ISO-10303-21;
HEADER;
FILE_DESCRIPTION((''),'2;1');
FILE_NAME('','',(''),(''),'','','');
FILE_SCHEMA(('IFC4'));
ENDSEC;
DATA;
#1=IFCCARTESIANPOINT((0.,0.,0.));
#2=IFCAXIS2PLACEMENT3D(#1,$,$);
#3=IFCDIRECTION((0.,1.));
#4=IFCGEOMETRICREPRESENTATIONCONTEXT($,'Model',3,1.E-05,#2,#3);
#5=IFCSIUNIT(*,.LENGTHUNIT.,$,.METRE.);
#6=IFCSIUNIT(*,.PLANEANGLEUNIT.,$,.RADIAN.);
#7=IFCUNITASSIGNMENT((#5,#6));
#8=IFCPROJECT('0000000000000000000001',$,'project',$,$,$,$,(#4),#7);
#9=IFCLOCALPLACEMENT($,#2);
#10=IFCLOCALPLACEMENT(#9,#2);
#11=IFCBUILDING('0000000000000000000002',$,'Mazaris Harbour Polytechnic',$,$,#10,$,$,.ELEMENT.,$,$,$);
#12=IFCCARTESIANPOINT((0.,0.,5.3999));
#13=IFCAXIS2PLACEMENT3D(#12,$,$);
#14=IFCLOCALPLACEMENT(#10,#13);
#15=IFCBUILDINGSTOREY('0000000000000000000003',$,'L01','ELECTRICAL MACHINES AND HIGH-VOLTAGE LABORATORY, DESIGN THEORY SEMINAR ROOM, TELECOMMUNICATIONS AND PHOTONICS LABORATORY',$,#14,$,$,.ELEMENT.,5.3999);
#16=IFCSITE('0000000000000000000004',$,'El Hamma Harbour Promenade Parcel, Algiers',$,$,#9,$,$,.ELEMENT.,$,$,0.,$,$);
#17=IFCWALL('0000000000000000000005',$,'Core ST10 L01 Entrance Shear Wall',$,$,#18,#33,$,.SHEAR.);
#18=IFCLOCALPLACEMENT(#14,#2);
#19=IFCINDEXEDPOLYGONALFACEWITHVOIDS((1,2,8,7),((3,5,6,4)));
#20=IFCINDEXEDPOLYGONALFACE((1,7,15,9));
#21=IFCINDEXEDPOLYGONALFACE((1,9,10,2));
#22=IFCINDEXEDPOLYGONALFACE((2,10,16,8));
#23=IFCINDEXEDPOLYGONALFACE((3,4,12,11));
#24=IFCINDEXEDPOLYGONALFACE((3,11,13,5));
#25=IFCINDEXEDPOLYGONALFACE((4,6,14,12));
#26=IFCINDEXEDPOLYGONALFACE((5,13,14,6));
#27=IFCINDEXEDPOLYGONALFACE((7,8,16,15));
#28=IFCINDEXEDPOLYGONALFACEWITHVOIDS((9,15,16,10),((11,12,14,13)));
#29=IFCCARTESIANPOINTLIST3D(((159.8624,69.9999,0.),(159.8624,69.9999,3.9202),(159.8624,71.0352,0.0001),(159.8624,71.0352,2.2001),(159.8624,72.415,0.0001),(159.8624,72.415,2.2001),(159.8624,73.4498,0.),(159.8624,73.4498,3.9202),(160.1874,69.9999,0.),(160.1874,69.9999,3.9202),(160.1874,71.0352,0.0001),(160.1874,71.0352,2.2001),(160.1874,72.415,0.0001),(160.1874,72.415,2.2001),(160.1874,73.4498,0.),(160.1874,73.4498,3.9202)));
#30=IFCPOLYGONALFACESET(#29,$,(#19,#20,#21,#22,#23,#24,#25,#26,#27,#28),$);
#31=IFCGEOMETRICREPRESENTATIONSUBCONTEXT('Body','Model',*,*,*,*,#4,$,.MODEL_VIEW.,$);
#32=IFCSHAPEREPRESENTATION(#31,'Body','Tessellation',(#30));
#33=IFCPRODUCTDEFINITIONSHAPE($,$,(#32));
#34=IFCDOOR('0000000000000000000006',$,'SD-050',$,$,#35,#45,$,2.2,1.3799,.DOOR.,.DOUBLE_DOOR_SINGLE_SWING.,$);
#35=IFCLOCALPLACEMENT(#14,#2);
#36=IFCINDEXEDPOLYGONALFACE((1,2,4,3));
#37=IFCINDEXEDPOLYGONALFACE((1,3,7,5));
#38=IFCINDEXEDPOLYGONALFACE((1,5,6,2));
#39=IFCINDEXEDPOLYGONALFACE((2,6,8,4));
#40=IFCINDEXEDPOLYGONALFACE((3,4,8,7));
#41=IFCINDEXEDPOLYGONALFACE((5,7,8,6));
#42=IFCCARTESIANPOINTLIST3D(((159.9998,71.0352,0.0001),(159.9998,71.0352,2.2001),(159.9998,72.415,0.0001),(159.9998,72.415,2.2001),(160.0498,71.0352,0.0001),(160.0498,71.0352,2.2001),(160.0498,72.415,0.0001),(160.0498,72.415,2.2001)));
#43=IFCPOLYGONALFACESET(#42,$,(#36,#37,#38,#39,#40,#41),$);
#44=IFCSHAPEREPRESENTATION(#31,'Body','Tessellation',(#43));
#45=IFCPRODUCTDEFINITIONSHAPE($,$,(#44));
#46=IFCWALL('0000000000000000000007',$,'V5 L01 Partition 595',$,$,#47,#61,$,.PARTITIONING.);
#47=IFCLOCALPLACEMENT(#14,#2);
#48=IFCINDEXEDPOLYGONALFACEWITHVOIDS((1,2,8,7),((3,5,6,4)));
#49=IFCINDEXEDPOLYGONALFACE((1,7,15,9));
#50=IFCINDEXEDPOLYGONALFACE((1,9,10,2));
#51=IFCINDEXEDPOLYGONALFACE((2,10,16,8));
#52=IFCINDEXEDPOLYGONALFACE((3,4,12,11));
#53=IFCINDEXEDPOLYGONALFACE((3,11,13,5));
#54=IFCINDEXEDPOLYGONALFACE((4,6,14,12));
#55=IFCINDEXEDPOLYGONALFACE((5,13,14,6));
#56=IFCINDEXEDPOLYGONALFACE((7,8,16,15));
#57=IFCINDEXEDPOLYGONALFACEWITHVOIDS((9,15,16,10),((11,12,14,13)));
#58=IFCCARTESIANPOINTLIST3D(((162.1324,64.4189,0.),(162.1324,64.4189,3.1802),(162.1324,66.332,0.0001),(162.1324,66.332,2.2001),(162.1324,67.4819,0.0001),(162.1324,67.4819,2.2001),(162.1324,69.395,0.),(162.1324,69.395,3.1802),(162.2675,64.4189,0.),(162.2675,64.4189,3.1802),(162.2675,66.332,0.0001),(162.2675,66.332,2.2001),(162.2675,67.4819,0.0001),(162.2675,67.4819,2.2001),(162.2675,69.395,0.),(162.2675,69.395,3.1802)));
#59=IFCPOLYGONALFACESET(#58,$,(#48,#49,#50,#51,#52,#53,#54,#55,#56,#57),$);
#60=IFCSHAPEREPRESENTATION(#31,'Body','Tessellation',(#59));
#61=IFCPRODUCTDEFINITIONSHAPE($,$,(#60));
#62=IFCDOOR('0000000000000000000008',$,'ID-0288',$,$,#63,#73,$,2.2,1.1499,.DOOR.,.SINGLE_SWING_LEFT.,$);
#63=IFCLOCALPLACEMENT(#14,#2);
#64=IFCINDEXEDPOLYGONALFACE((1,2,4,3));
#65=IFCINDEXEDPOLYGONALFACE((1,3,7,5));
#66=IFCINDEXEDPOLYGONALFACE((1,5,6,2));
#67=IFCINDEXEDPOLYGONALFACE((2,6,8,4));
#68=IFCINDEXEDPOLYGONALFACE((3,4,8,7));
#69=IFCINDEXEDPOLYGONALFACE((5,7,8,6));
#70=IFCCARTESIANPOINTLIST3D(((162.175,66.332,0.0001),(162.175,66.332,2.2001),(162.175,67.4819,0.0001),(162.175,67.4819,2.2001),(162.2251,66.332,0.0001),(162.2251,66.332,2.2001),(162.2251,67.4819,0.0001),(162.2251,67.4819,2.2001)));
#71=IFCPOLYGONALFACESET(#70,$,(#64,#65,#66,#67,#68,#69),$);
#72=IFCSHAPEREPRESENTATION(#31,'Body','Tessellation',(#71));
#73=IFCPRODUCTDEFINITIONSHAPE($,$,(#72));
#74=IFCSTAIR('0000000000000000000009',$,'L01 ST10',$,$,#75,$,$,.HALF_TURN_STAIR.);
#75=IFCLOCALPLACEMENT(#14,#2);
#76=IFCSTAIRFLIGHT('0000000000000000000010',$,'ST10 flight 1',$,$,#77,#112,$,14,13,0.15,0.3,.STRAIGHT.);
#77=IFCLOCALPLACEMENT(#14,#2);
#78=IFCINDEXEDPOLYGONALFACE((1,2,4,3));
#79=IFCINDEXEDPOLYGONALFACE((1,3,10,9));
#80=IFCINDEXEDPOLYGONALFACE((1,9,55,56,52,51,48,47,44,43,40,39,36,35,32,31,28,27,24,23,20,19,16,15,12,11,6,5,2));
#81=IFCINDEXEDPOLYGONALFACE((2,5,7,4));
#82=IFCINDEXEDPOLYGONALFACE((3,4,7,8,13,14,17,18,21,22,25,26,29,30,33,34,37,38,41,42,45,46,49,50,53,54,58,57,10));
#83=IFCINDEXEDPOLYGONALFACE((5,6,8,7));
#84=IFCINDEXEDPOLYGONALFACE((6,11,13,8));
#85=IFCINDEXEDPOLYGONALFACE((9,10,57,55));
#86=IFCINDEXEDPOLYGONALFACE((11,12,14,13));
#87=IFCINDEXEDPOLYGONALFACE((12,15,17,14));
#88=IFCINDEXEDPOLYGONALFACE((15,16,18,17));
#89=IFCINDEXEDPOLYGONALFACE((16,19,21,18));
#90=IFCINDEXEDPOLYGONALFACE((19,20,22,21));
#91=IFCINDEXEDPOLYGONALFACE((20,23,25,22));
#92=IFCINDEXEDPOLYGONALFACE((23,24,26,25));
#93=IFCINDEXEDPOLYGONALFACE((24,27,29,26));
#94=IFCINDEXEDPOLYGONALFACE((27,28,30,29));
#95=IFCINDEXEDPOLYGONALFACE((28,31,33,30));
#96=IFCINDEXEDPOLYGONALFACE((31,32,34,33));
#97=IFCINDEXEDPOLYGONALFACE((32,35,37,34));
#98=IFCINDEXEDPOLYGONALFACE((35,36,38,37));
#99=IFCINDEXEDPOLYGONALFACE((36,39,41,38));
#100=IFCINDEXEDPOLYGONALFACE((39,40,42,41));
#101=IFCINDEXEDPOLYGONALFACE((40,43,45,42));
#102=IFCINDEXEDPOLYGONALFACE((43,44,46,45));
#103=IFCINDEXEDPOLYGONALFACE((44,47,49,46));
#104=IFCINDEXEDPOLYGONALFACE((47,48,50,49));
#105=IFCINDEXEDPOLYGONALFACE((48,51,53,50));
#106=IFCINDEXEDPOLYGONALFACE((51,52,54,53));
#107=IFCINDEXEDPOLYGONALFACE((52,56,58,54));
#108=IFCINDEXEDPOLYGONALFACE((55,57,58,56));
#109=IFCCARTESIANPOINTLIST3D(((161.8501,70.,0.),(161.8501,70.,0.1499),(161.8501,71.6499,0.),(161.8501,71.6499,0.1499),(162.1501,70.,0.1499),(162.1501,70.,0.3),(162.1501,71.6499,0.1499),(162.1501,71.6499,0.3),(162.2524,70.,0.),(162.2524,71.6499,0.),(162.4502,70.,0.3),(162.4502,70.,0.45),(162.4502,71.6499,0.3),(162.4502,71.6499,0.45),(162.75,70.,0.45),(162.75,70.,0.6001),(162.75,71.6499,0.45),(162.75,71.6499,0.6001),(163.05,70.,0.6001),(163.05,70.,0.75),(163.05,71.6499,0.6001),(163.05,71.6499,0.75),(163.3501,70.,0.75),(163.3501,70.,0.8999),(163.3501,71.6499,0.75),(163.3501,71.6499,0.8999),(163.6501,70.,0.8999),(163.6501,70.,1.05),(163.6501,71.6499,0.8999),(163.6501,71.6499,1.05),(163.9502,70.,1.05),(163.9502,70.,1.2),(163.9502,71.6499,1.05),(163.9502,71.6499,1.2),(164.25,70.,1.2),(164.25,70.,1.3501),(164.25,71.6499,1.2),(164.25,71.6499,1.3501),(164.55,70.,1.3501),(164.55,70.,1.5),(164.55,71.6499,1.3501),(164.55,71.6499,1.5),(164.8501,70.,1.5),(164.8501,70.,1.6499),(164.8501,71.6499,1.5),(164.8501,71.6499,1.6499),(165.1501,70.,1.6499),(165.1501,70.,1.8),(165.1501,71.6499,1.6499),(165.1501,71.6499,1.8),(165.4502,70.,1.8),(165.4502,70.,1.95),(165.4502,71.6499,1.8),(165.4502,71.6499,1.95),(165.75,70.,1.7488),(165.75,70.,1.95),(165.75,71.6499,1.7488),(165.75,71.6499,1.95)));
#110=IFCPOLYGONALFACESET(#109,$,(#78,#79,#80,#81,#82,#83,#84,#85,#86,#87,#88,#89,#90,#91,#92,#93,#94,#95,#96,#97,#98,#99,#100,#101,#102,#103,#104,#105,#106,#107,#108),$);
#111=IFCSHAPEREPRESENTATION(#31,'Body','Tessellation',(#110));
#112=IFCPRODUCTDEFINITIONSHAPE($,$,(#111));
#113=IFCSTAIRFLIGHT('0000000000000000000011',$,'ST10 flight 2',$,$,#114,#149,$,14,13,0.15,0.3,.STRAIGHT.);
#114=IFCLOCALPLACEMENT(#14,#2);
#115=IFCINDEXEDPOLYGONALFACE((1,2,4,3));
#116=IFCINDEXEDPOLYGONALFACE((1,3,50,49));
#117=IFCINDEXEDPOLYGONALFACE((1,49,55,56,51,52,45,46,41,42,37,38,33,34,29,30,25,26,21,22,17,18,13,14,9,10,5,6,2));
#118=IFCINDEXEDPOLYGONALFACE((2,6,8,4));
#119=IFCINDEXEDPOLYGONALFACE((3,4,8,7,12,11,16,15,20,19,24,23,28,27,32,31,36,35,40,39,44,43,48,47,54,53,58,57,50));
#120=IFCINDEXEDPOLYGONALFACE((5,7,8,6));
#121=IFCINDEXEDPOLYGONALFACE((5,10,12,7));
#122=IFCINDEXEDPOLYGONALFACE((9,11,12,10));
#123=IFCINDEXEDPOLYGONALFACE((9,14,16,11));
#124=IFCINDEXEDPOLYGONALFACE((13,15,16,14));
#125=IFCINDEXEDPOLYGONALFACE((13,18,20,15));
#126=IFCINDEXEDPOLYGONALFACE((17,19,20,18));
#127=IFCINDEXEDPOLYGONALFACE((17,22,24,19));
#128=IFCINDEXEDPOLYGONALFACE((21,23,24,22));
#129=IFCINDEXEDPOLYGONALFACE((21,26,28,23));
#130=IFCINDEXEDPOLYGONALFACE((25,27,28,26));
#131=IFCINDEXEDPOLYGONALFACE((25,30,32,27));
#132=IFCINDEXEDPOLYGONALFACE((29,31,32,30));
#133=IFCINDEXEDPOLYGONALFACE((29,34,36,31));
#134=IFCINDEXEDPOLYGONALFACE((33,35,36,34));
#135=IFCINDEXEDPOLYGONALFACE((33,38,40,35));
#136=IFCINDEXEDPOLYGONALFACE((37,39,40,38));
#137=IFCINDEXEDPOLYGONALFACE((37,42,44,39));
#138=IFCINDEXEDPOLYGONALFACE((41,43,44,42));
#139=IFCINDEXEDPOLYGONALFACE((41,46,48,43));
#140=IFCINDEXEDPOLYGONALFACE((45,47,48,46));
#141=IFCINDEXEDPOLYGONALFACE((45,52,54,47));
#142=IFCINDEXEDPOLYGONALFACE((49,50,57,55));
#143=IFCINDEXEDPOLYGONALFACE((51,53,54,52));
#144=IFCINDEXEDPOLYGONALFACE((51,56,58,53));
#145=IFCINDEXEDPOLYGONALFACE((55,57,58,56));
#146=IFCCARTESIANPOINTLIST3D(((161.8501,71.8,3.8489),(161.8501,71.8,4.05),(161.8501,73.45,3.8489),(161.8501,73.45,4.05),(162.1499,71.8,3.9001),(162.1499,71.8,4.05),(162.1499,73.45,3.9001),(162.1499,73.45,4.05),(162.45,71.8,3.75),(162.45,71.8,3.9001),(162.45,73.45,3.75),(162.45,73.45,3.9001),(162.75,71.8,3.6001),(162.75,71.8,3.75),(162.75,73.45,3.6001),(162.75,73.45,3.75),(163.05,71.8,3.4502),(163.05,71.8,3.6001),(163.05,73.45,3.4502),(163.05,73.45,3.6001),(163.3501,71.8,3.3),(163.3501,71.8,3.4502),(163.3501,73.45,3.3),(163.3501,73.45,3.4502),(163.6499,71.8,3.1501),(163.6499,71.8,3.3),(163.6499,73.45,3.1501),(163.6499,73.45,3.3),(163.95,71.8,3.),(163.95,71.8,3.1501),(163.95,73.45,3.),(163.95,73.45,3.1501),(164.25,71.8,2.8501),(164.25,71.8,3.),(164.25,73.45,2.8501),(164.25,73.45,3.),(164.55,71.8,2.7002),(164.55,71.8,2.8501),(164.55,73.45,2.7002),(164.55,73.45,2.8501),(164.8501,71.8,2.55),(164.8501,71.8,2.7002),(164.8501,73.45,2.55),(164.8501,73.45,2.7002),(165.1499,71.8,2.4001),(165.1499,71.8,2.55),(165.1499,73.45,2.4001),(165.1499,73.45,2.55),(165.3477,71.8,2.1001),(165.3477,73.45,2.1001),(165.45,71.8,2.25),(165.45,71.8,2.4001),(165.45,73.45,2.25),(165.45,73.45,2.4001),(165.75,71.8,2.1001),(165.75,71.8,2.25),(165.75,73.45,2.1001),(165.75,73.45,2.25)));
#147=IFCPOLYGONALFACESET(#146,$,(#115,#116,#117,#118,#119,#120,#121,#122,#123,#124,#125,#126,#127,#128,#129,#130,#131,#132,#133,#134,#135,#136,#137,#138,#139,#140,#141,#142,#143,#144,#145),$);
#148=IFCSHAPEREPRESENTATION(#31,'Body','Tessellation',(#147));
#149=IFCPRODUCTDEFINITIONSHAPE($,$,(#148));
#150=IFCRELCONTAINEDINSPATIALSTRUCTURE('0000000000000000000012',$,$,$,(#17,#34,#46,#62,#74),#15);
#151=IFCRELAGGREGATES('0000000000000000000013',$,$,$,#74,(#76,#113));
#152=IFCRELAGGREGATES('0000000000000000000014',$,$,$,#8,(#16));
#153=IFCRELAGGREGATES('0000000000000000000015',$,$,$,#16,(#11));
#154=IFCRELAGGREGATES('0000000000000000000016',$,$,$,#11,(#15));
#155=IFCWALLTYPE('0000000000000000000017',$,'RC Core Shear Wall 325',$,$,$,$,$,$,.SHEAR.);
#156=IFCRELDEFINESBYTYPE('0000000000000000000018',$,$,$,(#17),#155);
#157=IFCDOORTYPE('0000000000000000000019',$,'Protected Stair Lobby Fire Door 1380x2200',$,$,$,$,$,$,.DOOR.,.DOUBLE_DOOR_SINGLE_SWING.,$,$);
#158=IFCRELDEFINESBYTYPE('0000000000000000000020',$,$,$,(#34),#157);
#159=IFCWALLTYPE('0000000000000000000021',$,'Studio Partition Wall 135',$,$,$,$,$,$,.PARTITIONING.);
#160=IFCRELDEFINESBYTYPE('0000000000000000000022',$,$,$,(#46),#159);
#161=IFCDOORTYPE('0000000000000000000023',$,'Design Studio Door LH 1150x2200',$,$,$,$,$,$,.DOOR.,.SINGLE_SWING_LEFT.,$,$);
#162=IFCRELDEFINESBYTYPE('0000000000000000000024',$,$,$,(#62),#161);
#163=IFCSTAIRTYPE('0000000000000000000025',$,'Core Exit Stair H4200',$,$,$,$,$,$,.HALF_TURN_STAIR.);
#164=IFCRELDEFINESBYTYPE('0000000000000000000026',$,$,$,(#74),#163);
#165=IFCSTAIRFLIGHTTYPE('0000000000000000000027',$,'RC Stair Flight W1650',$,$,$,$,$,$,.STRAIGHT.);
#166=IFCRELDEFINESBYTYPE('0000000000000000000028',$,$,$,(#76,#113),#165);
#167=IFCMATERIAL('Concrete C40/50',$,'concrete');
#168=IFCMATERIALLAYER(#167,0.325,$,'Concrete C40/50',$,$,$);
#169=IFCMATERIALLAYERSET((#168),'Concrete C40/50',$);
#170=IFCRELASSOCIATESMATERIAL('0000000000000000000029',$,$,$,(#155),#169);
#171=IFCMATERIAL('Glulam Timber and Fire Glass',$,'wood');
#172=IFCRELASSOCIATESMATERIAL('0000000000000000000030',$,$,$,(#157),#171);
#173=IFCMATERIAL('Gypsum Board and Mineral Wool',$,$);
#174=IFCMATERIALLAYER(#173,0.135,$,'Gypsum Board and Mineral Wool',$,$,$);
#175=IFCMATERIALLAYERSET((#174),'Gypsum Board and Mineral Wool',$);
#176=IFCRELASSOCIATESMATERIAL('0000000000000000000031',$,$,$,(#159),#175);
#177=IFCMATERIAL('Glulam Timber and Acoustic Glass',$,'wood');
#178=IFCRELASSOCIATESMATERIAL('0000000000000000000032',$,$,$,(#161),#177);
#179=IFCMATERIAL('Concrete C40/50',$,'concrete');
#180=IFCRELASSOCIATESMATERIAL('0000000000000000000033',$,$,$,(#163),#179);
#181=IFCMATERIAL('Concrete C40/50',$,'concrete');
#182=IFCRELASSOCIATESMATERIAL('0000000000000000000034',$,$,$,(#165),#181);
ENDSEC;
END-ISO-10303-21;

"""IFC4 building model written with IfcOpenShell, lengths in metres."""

from ifc_helpers import new_model, si_unit, direction, frame, frame_2d, origin, place, context, subcontext, project, spatial, polyline, rectangle, outline, extrude, material, layer, layer_set, type_object, element, fill, aggregate, save


model = new_model("IFC4")

# Units and contexts
model_context = context("Model", 3, precision=1e-05, world=origin(), true_north=direction((0.0, 1.0)))
body_context = subcontext(model_context, "Body", "Model", "MODEL_VIEW")
ifc_project = project(units=[si_unit("LENGTHUNIT", "METRE"), si_unit("PLANEANGLEUNIT", "RADIAN")], contexts=[model_context])

# Site, building, storey
site_placement = place(None, origin())
site = spatial("IfcSite", under=ifc_project, at=site_placement, Name="El Hamma Harbour Promenade Parcel, Algiers", CompositionType="ELEMENT", RefElevation=0.0)
building_placement = place(site_placement, origin())
building = spatial("IfcBuilding", under=site, at=building_placement, Name="Mazaris Harbour Polytechnic", CompositionType="ELEMENT")
storey_placement = place(building_placement, frame((0.0, 0.0, 5.3999)))
storey = spatial("IfcBuildingStorey", under=building, at=storey_placement, Name="L01", Description="ELECTRICAL MACHINES AND HIGH-VOLTAGE LABORATORY, DESIGN THEORY SEMINAR ROOM, TELECOMMUNICATIONS AND PHOTONICS LABORATORY", CompositionType="ELEMENT", Elevation=5.3999)

# Shared definitions
ifc_material_1 = material(Name="Concrete C40/50", Category="concrete")
ifc_layer_1 = layer(ifc_material_1, 0.325, Name="Concrete C40/50")
ifc_layer_set_1 = layer_set([ifc_layer_1], Name="Concrete C40/50")
wall_type_1 = type_object("IfcWallType", Name="RC Core Shear Wall 325", PredefinedType="SHEAR", material=ifc_layer_set_1)

# Walls, openings, doors
wall_1_placement = place(storey_placement, frame((160.0249, 73.45, 0.0), z_axis=(0.0, 0.0, 1.0), x_axis=(0.0, -1.0, 0.0)))
wall_1 = element("IfcWall", 1, at=wall_1_placement, inside=storey, type_object=wall_type_1, Name="Core ST10 L01 Entrance Shear Wall", PredefinedType="SHEAR", context=body_context, shape_type="SweptSolid", body=[
    extrude(rectangle(XDim=3.45, YDim=0.325, at=frame_2d((1.7251, 0.0))), origin(), (0.0, 0.0, 1.0), 3.9202),
])
opening_1_placement = place(wall_1_placement, frame((1.0349, 0.0, 0.0)))
opening_1 = element("IfcOpeningElement", 2, at=opening_1_placement, cuts=wall_1, PredefinedType="OPENING", context=body_context, shape_type="SweptSolid", body=[
    extrude(rectangle(XDim=1.3799, YDim=2.2, at=frame_2d((0.6899, 1.1001))), frame((0.0, 0.1724, 0.0), z_axis=(0.0, -1.0, 0.0), x_axis=(1.0, 0.0, 0.0)), (0.0, 0.0, 1.0), 0.345),
])
ifc_material_2 = material(Name="Glulam Timber and Fire Glass", Category="wood")
door_type_1 = type_object("IfcDoorType", Name="Protected Stair Lobby Fire Door 1380x2200", OperationType="DOUBLE_DOOR_SINGLE_SWING", PredefinedType="DOOR", material=ifc_material_2)
door_1_placement = place(opening_1_placement, origin())
door_1 = element("IfcDoor", 3, at=door_1_placement, inside=storey, type_object=door_type_1, Name="SD-050", OperationType="DOUBLE_DOOR_SINGLE_SWING", OverallHeight=2.2, OverallWidth=1.3799, PredefinedType="DOOR", context=body_context, shape_type="SweptSolid", body=[
    extrude(rectangle(XDim=1.3799, YDim=2.2, at=frame_2d((0.6899, 1.1001))), frame((0.0, 0.0249, 0.0), z_axis=(0.0, -1.0, 0.0), x_axis=(1.0, 0.0, 0.0)), (0.0, 0.0, 1.0), 0.05),
])
fill(opening_1, door_1)
ifc_material_3 = material(Name="Gypsum Board and Mineral Wool")
ifc_layer_2 = layer(ifc_material_3, 0.135, Name="Gypsum Board and Mineral Wool")
ifc_layer_set_2 = layer_set([ifc_layer_2], Name="Gypsum Board and Mineral Wool")
wall_type_2 = type_object("IfcWallType", Name="Studio Partition Wall 135", PredefinedType="PARTITIONING", material=ifc_layer_set_2)
wall_2_placement = place(storey_placement, frame((162.2, 64.4189, 0.0), z_axis=(0.0, 0.0, 1.0), x_axis=(0.0, 1.0, 0.0)))
wall_2 = element("IfcWall", 4, at=wall_2_placement, inside=storey, type_object=wall_type_2, Name="V5 L01 Partition 595", PredefinedType="PARTITIONING", context=body_context, shape_type="SweptSolid", body=[
    extrude(rectangle(XDim=4.9761, YDim=0.135, at=frame_2d((2.488, 0.0))), origin(), (0.0, 0.0, 1.0), 3.1802),
])
opening_2_placement = place(wall_2_placement, frame((1.9131, 0.0, 0.0)))
opening_2 = element("IfcOpeningElement", 5, at=opening_2_placement, cuts=wall_2, PredefinedType="OPENING", context=body_context, shape_type="SweptSolid", body=[
    extrude(rectangle(XDim=1.1499, YDim=2.2, at=frame_2d((0.575, 1.1001))), frame((0.0, 0.0774, 0.0), z_axis=(0.0, -1.0, 0.0), x_axis=(1.0, 0.0, 0.0)), (0.0, 0.0, 1.0), 0.155),
])
ifc_material_4 = material(Name="Glulam Timber and Acoustic Glass", Category="wood")
door_type_2 = type_object("IfcDoorType", Name="Design Studio Door LH 1150x2200", OperationType="SINGLE_SWING_LEFT", PredefinedType="DOOR", material=ifc_material_4)
door_2_placement = place(opening_2_placement, origin())
door_2 = element("IfcDoor", 6, at=door_2_placement, inside=storey, type_object=door_type_2, Name="ID-0288", OperationType="SINGLE_SWING_LEFT", OverallHeight=2.2, OverallWidth=1.1499, PredefinedType="DOOR", context=body_context, shape_type="SweptSolid", body=[
    extrude(rectangle(XDim=1.1499, YDim=2.2, at=frame_2d((0.575, 1.1001))), frame((0.0, 0.0249, 0.0), z_axis=(0.0, -1.0, 0.0), x_axis=(1.0, 0.0, 0.0)), (0.0, 0.0, 1.0), 0.05),
])
fill(opening_2, door_2)

# Stair, stair flights
ifc_material_5 = material(Name="Concrete C40/50", Category="concrete")
stair_type = type_object("IfcStairType", Name="Core Exit Stair H4200", PredefinedType="HALF_TURN_STAIR", material=ifc_material_5)
stair_placement = place(storey_placement, origin())
stair = element("IfcStair", 7, at=stair_placement, inside=storey, type_object=stair_type, Name="L01 ST10", PredefinedType="HALF_TURN_STAIR")
ifc_material_6 = material(Name="Concrete C40/50", Category="concrete")
stair_flight_type = type_object("IfcStairFlightType", Name="RC Stair Flight W1650", PredefinedType="STRAIGHT", material=ifc_material_6)
stair_flight_1_placement = place(storey_placement, frame((161.8501, 70.825, 0.0), z_axis=(0.0, 0.0, 1.0), x_axis=(1.0, 0.0, 0.0)))
stair_flight_1 = element("IfcStairFlight", 8, at=stair_flight_1_placement, type_object=stair_flight_type, Name="ST10 flight 1", NumberOfRisers=14, NumberOfTreads=13, PredefinedType="STRAIGHT", RiserHeight=0.15, TreadLength=0.3, context=body_context, shape_type="SweptSolid", body=[
    extrude(outline(polyline([(0.0, 0.0), (0.0, 0.1499), (0.3, 0.1499), (0.3, 0.3), (0.6001, 0.3), (0.6001, 0.45), (0.8999, 0.45), (0.8999, 0.6001), (1.2, 0.6001), (1.2, 0.75), (1.5, 0.75), (1.5, 0.8999), (1.8, 0.8999), (1.8, 1.05), (2.1001, 1.05), (2.1001, 1.2), (2.3999, 1.2), (2.3999, 1.3501), (2.7, 1.3501), (2.7, 1.5), (3.0, 1.5), (3.0, 1.6499), (3.3, 1.6499), (3.3, 1.8), (3.6001, 1.8), (3.6001, 1.95), (3.8999, 1.95), (3.8999, 2.1001), (3.8999, 1.7488), (0.4023, 0.0), (0.0, 0.0)])), frame((0.0, 0.825, 0.0), z_axis=(0.0, -1.0, 0.0), x_axis=(1.0, 0.0, 0.0)), (0.0, 0.0, 1.0), 1.6499),
])
stair_flight_2_placement = place(storey_placement, frame((165.75, 72.625, 2.1001), z_axis=(0.0, 0.0, 1.0), x_axis=(-1.0, 0.0, 0.0)))
stair_flight_2 = element("IfcStairFlight", 9, at=stair_flight_2_placement, type_object=stair_flight_type, Name="ST10 flight 2", NumberOfRisers=14, NumberOfTreads=13, PredefinedType="STRAIGHT", RiserHeight=0.15, TreadLength=0.3, context=body_context, shape_type="SweptSolid", body=[
    extrude(outline(polyline([(0.0, 0.0), (0.0, 0.1499), (0.3, 0.1499), (0.3, 0.3), (0.6001, 0.3), (0.6001, 0.45), (0.8999, 0.45), (0.8999, 0.6001), (1.2, 0.6001), (1.2, 0.75), (1.5, 0.75), (1.5, 0.8999), (1.8, 0.8999), (1.8, 1.05), (2.1001, 1.05), (2.1001, 1.2), (2.3999, 1.2), (2.3999, 1.3501), (2.7, 1.3501), (2.7, 1.5), (3.0, 1.5), (3.0, 1.6499), (3.3, 1.6499), (3.3, 1.8), (3.6001, 1.8), (3.6001, 1.95), (3.8999, 1.95), (3.8999, 2.1001), (3.8999, 1.7488), (0.4023, 0.0), (0.0, 0.0)])), frame((0.0, 0.825, 0.0), z_axis=(0.0, -1.0, 0.0), x_axis=(1.0, 0.0, 0.0)), (0.0, 0.0, 1.0), 1.6499),
])
aggregate(stair, [stair_flight_1, stair_flight_2])

save(model, "model.ifc")
